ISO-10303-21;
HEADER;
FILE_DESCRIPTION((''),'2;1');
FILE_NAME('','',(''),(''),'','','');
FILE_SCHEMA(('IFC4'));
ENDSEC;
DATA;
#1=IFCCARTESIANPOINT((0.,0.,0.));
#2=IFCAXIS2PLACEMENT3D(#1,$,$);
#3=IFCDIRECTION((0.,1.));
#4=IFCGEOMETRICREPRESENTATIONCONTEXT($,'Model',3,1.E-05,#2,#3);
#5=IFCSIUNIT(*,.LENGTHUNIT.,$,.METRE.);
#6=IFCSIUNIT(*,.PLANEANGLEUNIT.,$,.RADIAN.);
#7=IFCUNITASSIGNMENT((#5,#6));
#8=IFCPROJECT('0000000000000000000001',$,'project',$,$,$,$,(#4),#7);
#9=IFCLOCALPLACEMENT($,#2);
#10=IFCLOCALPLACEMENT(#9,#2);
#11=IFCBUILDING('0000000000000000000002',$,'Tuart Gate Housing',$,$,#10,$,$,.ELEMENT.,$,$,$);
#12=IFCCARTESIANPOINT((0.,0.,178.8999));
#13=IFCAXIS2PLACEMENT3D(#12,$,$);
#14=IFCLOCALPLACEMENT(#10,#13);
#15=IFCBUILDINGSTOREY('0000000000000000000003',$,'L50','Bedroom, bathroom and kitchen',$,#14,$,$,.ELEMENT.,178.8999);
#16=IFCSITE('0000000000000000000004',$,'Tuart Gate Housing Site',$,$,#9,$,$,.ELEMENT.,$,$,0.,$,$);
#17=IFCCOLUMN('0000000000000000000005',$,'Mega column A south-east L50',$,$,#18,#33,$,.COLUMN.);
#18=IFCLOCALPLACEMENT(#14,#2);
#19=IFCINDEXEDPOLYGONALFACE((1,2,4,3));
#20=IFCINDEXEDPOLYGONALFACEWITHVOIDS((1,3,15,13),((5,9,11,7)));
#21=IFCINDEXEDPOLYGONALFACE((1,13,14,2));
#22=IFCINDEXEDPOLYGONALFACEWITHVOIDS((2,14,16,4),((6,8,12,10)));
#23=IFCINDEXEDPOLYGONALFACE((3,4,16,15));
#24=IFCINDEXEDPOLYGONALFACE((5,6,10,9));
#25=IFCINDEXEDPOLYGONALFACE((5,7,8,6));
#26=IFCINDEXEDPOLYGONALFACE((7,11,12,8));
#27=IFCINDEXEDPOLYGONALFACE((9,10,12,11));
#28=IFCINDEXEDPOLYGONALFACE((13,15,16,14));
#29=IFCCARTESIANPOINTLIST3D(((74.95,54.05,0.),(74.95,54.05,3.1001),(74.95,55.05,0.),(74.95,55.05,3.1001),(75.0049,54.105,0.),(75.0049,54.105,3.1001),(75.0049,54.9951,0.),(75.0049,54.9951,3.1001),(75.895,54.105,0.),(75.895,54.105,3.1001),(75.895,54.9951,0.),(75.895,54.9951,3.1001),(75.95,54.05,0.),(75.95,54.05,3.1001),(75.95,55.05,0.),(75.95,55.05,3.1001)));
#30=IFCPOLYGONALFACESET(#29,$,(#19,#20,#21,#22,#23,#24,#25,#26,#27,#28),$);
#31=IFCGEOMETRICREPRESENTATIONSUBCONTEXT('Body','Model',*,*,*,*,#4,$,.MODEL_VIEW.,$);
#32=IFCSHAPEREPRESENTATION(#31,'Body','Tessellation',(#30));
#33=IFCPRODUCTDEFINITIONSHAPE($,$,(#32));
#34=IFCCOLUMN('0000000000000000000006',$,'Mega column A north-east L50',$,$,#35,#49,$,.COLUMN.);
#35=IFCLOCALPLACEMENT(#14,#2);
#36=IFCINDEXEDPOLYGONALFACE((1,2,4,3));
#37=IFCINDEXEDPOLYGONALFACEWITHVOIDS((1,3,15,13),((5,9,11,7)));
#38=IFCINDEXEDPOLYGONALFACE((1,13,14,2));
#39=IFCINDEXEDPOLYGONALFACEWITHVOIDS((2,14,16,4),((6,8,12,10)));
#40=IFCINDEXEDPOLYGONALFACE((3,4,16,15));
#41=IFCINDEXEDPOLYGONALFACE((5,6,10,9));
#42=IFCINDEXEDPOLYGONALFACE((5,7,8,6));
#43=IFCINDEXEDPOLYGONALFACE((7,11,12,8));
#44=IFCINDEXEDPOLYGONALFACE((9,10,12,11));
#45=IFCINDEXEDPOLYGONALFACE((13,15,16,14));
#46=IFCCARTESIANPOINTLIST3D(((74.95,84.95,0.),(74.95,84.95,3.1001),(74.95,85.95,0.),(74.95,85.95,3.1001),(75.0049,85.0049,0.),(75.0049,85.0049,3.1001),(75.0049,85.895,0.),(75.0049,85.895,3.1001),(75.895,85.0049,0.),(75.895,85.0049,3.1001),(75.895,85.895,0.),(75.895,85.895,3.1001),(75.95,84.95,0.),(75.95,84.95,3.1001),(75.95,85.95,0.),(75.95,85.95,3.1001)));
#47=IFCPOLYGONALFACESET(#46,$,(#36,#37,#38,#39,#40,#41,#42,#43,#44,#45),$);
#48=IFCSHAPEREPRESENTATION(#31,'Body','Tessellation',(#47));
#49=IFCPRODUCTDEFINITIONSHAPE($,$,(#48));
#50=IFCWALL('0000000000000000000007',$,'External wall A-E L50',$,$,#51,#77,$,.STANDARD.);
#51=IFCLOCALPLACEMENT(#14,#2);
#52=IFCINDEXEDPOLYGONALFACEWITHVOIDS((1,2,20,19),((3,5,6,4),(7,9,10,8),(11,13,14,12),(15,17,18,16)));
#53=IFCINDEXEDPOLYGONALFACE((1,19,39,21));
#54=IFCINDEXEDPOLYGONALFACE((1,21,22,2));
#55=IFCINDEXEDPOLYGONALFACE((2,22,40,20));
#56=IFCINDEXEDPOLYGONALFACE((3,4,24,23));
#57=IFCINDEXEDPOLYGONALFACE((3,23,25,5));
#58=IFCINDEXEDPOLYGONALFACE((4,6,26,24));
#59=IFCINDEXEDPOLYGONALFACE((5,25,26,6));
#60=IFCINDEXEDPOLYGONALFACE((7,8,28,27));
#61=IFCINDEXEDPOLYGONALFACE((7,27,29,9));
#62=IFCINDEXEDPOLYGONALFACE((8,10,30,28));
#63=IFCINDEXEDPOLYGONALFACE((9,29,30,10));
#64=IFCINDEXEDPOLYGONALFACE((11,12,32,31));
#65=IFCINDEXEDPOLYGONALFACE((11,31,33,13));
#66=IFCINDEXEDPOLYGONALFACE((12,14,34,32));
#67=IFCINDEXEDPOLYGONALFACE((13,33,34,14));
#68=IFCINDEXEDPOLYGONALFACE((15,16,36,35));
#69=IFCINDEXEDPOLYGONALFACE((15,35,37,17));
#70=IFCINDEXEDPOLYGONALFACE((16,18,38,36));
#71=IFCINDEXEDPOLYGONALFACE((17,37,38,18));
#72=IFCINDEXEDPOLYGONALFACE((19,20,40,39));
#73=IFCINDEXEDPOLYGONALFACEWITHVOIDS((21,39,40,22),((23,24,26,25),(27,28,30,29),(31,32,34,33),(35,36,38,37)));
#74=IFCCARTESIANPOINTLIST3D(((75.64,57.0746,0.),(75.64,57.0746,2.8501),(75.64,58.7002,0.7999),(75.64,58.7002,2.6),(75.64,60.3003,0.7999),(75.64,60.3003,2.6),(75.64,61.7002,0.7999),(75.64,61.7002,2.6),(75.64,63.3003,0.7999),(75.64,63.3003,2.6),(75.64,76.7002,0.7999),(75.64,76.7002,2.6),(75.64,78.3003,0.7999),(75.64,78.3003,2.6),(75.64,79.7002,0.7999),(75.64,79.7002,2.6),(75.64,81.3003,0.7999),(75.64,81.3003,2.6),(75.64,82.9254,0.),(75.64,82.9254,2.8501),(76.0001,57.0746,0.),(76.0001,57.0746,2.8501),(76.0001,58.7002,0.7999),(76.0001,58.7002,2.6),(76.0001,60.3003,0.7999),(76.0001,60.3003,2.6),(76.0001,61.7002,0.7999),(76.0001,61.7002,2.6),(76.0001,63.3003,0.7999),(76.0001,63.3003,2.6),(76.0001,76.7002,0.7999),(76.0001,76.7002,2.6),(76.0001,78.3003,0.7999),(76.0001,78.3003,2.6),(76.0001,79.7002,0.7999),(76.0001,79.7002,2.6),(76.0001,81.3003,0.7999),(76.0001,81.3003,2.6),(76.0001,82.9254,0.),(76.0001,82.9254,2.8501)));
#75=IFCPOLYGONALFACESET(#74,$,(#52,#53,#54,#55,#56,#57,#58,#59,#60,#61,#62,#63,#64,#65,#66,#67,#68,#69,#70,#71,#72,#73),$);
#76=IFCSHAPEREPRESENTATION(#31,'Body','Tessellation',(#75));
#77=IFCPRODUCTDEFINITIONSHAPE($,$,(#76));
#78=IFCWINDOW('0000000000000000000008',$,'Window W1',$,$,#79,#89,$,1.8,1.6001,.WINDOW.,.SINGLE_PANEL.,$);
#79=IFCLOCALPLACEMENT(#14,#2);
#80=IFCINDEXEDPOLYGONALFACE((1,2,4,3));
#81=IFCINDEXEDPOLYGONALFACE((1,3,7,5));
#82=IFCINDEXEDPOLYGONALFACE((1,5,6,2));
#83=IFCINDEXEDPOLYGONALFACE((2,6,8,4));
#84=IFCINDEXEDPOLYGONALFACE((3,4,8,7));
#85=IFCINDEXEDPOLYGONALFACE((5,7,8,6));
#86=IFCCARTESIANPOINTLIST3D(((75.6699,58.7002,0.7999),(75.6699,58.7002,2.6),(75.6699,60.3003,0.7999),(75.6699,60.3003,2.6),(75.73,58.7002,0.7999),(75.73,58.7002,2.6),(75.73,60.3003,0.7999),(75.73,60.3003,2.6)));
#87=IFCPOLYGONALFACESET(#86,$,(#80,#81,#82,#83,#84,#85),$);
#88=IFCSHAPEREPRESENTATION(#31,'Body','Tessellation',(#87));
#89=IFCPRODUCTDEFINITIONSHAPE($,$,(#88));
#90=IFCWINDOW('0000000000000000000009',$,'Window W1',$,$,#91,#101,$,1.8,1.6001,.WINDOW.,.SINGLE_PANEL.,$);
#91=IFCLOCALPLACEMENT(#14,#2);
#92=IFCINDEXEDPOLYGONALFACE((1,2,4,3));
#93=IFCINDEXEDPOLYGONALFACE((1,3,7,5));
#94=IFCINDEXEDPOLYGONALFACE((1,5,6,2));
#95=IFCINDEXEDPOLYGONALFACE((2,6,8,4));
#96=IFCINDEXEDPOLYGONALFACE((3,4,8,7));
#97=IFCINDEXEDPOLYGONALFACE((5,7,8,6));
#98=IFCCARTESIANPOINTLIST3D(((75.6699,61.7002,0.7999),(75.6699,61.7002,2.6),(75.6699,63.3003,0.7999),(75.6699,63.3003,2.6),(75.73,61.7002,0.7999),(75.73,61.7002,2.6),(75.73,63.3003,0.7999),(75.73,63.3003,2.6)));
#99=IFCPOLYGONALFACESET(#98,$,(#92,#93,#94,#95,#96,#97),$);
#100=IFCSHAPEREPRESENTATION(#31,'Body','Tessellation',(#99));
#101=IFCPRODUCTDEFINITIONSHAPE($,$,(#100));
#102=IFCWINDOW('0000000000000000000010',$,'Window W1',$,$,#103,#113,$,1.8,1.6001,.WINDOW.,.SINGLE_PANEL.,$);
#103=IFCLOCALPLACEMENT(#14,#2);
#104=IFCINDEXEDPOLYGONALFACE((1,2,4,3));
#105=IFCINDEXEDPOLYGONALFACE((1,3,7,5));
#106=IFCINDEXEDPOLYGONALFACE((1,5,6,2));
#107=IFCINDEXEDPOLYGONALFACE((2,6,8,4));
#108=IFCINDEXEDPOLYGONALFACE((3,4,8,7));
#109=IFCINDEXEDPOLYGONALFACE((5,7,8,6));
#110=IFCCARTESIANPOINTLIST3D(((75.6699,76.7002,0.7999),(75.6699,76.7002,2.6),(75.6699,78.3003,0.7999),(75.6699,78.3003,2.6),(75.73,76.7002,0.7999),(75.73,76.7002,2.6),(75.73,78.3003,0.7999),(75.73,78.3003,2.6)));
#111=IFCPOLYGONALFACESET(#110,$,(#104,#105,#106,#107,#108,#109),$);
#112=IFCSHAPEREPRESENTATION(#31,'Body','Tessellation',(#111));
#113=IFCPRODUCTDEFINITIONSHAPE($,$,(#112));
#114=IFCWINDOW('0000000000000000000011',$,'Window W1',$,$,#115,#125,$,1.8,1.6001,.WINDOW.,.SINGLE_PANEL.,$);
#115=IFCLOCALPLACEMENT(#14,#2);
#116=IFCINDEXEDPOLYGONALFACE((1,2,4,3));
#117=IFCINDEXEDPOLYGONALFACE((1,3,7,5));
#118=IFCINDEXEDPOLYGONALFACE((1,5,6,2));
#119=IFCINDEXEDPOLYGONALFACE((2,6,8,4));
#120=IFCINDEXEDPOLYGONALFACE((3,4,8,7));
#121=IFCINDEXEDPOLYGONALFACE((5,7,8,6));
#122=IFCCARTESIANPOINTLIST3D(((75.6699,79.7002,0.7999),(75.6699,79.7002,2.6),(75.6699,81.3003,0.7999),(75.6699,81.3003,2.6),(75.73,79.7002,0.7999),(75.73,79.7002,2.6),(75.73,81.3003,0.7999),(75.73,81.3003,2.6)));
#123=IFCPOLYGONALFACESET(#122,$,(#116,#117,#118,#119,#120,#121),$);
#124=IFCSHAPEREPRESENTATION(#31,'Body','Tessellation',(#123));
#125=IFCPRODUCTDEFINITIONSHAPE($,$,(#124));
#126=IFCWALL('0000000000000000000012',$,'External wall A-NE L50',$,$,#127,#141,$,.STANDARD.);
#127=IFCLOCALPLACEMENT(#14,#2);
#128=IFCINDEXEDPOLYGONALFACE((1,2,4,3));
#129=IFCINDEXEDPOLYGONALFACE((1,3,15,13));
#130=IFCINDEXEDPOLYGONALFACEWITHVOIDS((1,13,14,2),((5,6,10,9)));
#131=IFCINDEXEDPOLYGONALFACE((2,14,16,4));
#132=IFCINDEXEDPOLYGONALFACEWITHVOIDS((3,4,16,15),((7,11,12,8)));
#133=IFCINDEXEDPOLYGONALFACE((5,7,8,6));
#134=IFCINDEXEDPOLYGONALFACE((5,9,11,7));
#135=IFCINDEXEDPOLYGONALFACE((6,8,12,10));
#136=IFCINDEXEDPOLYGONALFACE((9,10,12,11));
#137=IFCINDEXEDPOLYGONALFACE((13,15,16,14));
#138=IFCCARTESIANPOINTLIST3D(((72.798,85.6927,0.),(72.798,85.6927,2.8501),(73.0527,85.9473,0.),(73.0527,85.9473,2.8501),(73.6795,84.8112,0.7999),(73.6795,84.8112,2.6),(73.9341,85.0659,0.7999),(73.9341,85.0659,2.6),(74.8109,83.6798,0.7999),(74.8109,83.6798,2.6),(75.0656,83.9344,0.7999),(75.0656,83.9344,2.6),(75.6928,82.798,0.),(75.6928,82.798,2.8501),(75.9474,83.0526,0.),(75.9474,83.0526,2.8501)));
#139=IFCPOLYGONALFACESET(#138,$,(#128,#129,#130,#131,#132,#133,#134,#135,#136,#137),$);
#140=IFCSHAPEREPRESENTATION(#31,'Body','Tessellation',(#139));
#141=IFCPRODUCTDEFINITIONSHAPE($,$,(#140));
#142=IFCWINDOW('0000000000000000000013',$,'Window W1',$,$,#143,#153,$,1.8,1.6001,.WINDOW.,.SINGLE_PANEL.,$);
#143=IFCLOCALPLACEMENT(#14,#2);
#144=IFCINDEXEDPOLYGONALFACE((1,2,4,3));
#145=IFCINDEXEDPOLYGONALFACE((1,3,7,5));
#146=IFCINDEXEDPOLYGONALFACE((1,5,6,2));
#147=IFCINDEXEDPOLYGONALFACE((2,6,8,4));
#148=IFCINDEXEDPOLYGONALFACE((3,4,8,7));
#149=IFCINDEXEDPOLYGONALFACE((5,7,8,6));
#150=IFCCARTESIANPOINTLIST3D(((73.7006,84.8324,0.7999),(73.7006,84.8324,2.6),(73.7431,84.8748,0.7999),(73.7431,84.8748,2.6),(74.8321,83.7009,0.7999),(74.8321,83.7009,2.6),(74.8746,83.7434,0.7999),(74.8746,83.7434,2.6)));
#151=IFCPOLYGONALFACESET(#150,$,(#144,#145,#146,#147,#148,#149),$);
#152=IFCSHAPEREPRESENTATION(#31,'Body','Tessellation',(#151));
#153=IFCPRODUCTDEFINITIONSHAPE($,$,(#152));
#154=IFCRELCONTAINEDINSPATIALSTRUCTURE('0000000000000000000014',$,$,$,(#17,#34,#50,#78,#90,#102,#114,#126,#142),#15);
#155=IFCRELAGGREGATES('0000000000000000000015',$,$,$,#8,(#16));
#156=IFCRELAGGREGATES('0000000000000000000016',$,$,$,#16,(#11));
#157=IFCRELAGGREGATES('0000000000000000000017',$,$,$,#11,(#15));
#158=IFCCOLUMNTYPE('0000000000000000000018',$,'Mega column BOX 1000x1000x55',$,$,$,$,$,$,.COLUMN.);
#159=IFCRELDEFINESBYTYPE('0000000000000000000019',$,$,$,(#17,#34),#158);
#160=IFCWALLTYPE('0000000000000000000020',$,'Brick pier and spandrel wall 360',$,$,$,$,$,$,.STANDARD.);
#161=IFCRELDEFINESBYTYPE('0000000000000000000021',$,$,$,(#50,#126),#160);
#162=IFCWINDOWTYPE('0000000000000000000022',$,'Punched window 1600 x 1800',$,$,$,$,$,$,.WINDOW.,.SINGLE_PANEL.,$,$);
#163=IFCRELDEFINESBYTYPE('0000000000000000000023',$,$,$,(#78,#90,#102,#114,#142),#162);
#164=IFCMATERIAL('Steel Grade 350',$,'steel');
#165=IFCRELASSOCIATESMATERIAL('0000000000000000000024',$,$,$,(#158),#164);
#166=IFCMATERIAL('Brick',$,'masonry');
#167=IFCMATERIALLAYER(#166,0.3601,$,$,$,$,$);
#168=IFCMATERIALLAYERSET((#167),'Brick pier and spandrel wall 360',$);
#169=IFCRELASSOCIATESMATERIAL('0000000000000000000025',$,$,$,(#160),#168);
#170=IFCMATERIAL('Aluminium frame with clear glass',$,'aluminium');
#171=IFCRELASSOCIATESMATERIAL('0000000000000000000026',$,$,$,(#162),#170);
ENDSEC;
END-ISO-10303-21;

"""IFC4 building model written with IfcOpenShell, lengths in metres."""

from ifc_helpers import new_model, si_unit, direction, frame, frame_2d, origin, origin_2d, place, context, subcontext, project, spatial, rectangle, hollow_rectangle, extrude, material, layer, layer_set, material_profile, profile_set, type_object, element, fill, save


model = new_model("IFC4")

# Units and contexts
model_context = context("Model", 3, precision=1e-05, world=origin(), true_north=direction((0.0, 1.0)))
body_context = subcontext(model_context, "Body", "Model", "MODEL_VIEW")
ifc_project = project(units=[si_unit("LENGTHUNIT", "METRE"), si_unit("PLANEANGLEUNIT", "RADIAN")], contexts=[model_context])

# Site, building, storey
site_placement = place(None, origin())
site = spatial("IfcSite", under=ifc_project, at=site_placement, Name="Tuart Gate Housing Site", CompositionType="ELEMENT", RefElevation=0.0)
building_placement = place(site_placement, origin())
building = spatial("IfcBuilding", under=site, at=building_placement, Name="Tuart Gate Housing", CompositionType="ELEMENT")
storey_placement = place(building_placement, frame((0.0, 0.0, 178.8999)))
storey = spatial("IfcBuildingStorey", under=building, at=storey_placement, Name="L50", Description="Bedroom, bathroom and kitchen", CompositionType="ELEMENT", Elevation=178.8999)

# Columns
ifc_material_1 = material(Name="Steel Grade 350", Category="steel")
ifc_material_profile = material_profile(ifc_material_1, hollow_rectangle(XDim=1.0, YDim=1.0, WallThickness=0.0549, at=origin_2d()), Name="BOX 1000x1000x55")
ifc_profile_set = profile_set([ifc_material_profile], Name="Steel Grade 350")
column_type = type_object("IfcColumnType", Name="Mega column BOX 1000x1000x55", PredefinedType="COLUMN", material=ifc_profile_set)
for number, where, z_axis, x_axis, name in (
    (1, (75.45, 54.55, 0.0), (0.0, 0.0, 1.0), (1.0, 0.0, 0.0), "Mega column A south-east L50"),
    (2, (75.45, 85.45, 0.0), (0.0, 0.0, 1.0), (1.0, 0.0, 0.0), "Mega column A north-east L50"),
):
    element("IfcColumn", number, at=place(storey_placement, frame(where, z_axis=z_axis, x_axis=x_axis)), inside=storey, type_object=column_type, Name=name, PredefinedType="COLUMN", context=body_context, shape_type="SweptSolid", body=[
        extrude(hollow_rectangle(XDim=1.0, YDim=1.0, WallThickness=0.0549, at=origin_2d()), origin(), (0.0, 0.0, 1.0), 3.1001),
    ])

# Wall, openings, windows
ifc_material_2 = material(Name="Brick", Category="masonry")
ifc_layer_1 = layer(ifc_material_2, 0.3601)
ifc_layer_set_1 = layer_set([ifc_layer_1], Name="Brick pier and spandrel wall 360")
wall_type_1 = type_object("IfcWallType", Name="Brick pier and spandrel wall 360", PredefinedType="STANDARD", material=ifc_layer_set_1)
wall_1_placement = place(storey_placement, frame((75.8201, 57.0747, 0.0), z_axis=(0.0, 0.0, 1.0), x_axis=(0.0, 1.0, 0.0)))
wall_1 = element("IfcWall", 3, at=wall_1_placement, inside=storey, type_object=wall_type_1, Name="External wall A-E L50", PredefinedType="STANDARD", context=body_context, shape_type="SweptSolid", body=[
    extrude(rectangle(XDim=25.8508, YDim=0.3601, at=frame_2d((12.9253, 0.0))), origin(), (0.0, 0.0, 1.0), 2.8501),
])
opening_1_placement = place(wall_1_placement, frame((1.6255, 0.0, 0.8)))
opening_1 = element("IfcOpeningElement", 4, at=opening_1_placement, cuts=wall_1, PredefinedType="OPENING", context=body_context, shape_type="SweptSolid", body=[
    extrude(rectangle(XDim=1.6001, YDim=1.8, at=frame_2d((0.8, 0.8999))), frame((0.0, 0.1899, 0.0), z_axis=(0.0, -1.0, 0.0), x_axis=(1.0, 0.0, 0.0)), (0.0, 0.0, 1.0), 0.3801),
])
opening_2_placement = place(wall_1_placement, frame((4.6255, 0.0, 0.8)))
opening_2 = element("IfcOpeningElement", 5, at=opening_2_placement, cuts=wall_1, PredefinedType="OPENING", context=body_context, shape_type="SweptSolid", body=[
    extrude(rectangle(XDim=1.6001, YDim=1.8, at=frame_2d((0.8, 0.8999))), frame((0.0, 0.1899, 0.0), z_axis=(0.0, -1.0, 0.0), x_axis=(1.0, 0.0, 0.0)), (0.0, 0.0, 1.0), 0.3801),
])
opening_3_placement = place(wall_1_placement, frame((19.6255, 0.0, 0.8)))
opening_3 = element("IfcOpeningElement", 6, at=opening_3_placement, cuts=wall_1, PredefinedType="OPENING", context=body_context, shape_type="SweptSolid", body=[
    extrude(rectangle(XDim=1.6001, YDim=1.8, at=frame_2d((0.8, 0.8999))), frame((0.0, 0.1899, 0.0), z_axis=(0.0, -1.0, 0.0), x_axis=(1.0, 0.0, 0.0)), (0.0, 0.0, 1.0), 0.3801),
])
opening_4_placement = place(wall_1_placement, frame((22.6255, 0.0, 0.8)))
opening_4 = element("IfcOpeningElement", 7, at=opening_4_placement, cuts=wall_1, PredefinedType="OPENING", context=body_context, shape_type="SweptSolid", body=[
    extrude(rectangle(XDim=1.6001, YDim=1.8, at=frame_2d((0.8, 0.8999))), frame((0.0, 0.1899, 0.0), z_axis=(0.0, -1.0, 0.0), x_axis=(1.0, 0.0, 0.0)), (0.0, 0.0, 1.0), 0.3801),
])
ifc_material_3 = material(Name="Aluminium frame with clear glass", Category="aluminium")
window_type = type_object("IfcWindowType", Name="Punched window 1600 x 1800", PartitioningType="SINGLE_PANEL", PredefinedType="WINDOW", material=ifc_material_3)
window_1_placement = place(opening_1_placement, origin())
window_1 = element("IfcWindow", 8, at=window_1_placement, inside=storey, type_object=window_type, Name="Window W1", OverallHeight=1.8, OverallWidth=1.6001, PartitioningType="SINGLE_PANEL", PredefinedType="WINDOW", context=body_context, shape_type="SweptSolid", body=[
    extrude(rectangle(XDim=1.6001, YDim=1.8, at=frame_2d((0.8, 0.8999))), frame((0.0, 0.1501, 0.0), z_axis=(0.0, -1.0, 0.0), x_axis=(1.0, 0.0, 0.0)), (0.0, 0.0, 1.0), 0.0601),
])
fill(opening_1, window_1)
window_2_placement = place(opening_2_placement, origin())
window_2 = element("IfcWindow", 9, at=window_2_placement, inside=storey, type_object=window_type, Name="Window W1", OverallHeight=1.8, OverallWidth=1.6001, PartitioningType="SINGLE_PANEL", PredefinedType="WINDOW", context=body_context, shape_type="SweptSolid", body=[
    extrude(rectangle(XDim=1.6001, YDim=1.8, at=frame_2d((0.8, 0.8999))), frame((0.0, 0.1501, 0.0), z_axis=(0.0, -1.0, 0.0), x_axis=(1.0, 0.0, 0.0)), (0.0, 0.0, 1.0), 0.0601),
])
fill(opening_2, window_2)
window_3_placement = place(opening_3_placement, origin())
window_3 = element("IfcWindow", 10, at=window_3_placement, inside=storey, type_object=window_type, Name="Window W1", OverallHeight=1.8, OverallWidth=1.6001, PartitioningType="SINGLE_PANEL", PredefinedType="WINDOW", context=body_context, shape_type="SweptSolid", body=[
    extrude(rectangle(XDim=1.6001, YDim=1.8, at=frame_2d((0.8, 0.8999))), frame((0.0, 0.1501, 0.0), z_axis=(0.0, -1.0, 0.0), x_axis=(1.0, 0.0, 0.0)), (0.0, 0.0, 1.0), 0.0601),
])
fill(opening_3, window_3)
window_4_placement = place(opening_4_placement, origin())
window_4 = element("IfcWindow", 11, at=window_4_placement, inside=storey, type_object=window_type, Name="Window W1", OverallHeight=1.8, OverallWidth=1.6001, PartitioningType="SINGLE_PANEL", PredefinedType="WINDOW", context=body_context, shape_type="SweptSolid", body=[
    extrude(rectangle(XDim=1.6001, YDim=1.8, at=frame_2d((0.8, 0.8999))), frame((0.0, 0.1501, 0.0), z_axis=(0.0, -1.0, 0.0), x_axis=(1.0, 0.0, 0.0)), (0.0, 0.0, 1.0), 0.0601),
])
fill(opening_4, window_4)

# Wall, opening, window
wall_2_placement = place(storey_placement, frame((75.8201, 82.9253, 0.0), z_axis=(0.0, 0.0, 1.0), x_axis=(-0.707107, 0.707107, 0.0)))
wall_2 = element("IfcWall", 12, at=wall_2_placement, inside=storey, type_object=wall_type_1, Name="External wall A-NE L50", PredefinedType="STANDARD", context=body_context, shape_type="SweptSolid", body=[
    extrude(rectangle(XDim=4.0938, YDim=0.3601, at=frame_2d((2.0469, 0.0))), origin(), (0.0, 0.0, 1.0), 2.8501),
])
opening_5_placement = place(wall_2_placement, frame((1.2471, 0.0, 0.8)))
opening_5 = element("IfcOpeningElement", 13, at=opening_5_placement, cuts=wall_2, PredefinedType="OPENING", context=body_context, shape_type="SweptSolid", body=[
    extrude(rectangle(XDim=1.6001, YDim=1.8, at=frame_2d((0.8, 0.8999))), frame((0.0, 0.1899, 0.0), z_axis=(0.0, -1.0, 0.0), x_axis=(1.0, 0.0, 0.0)), (0.0, 0.0, 1.0), 0.3801),
])
window_5_placement = place(opening_5_placement, origin())
window_5 = element("IfcWindow", 14, at=window_5_placement, inside=storey, type_object=window_type, Name="Window W1", OverallHeight=1.8, OverallWidth=1.6001, PartitioningType="SINGLE_PANEL", PredefinedType="WINDOW", context=body_context, shape_type="SweptSolid", body=[
    extrude(rectangle(XDim=1.6001, YDim=1.8, at=frame_2d((0.8, 0.8999))), frame((0.0, 0.1501, 0.0), z_axis=(0.0, -1.0, 0.0), x_axis=(1.0, 0.0, 0.0)), (0.0, 0.0, 1.0), 0.0601),
])
fill(opening_5, window_5)

save(model, "model.ifc")
